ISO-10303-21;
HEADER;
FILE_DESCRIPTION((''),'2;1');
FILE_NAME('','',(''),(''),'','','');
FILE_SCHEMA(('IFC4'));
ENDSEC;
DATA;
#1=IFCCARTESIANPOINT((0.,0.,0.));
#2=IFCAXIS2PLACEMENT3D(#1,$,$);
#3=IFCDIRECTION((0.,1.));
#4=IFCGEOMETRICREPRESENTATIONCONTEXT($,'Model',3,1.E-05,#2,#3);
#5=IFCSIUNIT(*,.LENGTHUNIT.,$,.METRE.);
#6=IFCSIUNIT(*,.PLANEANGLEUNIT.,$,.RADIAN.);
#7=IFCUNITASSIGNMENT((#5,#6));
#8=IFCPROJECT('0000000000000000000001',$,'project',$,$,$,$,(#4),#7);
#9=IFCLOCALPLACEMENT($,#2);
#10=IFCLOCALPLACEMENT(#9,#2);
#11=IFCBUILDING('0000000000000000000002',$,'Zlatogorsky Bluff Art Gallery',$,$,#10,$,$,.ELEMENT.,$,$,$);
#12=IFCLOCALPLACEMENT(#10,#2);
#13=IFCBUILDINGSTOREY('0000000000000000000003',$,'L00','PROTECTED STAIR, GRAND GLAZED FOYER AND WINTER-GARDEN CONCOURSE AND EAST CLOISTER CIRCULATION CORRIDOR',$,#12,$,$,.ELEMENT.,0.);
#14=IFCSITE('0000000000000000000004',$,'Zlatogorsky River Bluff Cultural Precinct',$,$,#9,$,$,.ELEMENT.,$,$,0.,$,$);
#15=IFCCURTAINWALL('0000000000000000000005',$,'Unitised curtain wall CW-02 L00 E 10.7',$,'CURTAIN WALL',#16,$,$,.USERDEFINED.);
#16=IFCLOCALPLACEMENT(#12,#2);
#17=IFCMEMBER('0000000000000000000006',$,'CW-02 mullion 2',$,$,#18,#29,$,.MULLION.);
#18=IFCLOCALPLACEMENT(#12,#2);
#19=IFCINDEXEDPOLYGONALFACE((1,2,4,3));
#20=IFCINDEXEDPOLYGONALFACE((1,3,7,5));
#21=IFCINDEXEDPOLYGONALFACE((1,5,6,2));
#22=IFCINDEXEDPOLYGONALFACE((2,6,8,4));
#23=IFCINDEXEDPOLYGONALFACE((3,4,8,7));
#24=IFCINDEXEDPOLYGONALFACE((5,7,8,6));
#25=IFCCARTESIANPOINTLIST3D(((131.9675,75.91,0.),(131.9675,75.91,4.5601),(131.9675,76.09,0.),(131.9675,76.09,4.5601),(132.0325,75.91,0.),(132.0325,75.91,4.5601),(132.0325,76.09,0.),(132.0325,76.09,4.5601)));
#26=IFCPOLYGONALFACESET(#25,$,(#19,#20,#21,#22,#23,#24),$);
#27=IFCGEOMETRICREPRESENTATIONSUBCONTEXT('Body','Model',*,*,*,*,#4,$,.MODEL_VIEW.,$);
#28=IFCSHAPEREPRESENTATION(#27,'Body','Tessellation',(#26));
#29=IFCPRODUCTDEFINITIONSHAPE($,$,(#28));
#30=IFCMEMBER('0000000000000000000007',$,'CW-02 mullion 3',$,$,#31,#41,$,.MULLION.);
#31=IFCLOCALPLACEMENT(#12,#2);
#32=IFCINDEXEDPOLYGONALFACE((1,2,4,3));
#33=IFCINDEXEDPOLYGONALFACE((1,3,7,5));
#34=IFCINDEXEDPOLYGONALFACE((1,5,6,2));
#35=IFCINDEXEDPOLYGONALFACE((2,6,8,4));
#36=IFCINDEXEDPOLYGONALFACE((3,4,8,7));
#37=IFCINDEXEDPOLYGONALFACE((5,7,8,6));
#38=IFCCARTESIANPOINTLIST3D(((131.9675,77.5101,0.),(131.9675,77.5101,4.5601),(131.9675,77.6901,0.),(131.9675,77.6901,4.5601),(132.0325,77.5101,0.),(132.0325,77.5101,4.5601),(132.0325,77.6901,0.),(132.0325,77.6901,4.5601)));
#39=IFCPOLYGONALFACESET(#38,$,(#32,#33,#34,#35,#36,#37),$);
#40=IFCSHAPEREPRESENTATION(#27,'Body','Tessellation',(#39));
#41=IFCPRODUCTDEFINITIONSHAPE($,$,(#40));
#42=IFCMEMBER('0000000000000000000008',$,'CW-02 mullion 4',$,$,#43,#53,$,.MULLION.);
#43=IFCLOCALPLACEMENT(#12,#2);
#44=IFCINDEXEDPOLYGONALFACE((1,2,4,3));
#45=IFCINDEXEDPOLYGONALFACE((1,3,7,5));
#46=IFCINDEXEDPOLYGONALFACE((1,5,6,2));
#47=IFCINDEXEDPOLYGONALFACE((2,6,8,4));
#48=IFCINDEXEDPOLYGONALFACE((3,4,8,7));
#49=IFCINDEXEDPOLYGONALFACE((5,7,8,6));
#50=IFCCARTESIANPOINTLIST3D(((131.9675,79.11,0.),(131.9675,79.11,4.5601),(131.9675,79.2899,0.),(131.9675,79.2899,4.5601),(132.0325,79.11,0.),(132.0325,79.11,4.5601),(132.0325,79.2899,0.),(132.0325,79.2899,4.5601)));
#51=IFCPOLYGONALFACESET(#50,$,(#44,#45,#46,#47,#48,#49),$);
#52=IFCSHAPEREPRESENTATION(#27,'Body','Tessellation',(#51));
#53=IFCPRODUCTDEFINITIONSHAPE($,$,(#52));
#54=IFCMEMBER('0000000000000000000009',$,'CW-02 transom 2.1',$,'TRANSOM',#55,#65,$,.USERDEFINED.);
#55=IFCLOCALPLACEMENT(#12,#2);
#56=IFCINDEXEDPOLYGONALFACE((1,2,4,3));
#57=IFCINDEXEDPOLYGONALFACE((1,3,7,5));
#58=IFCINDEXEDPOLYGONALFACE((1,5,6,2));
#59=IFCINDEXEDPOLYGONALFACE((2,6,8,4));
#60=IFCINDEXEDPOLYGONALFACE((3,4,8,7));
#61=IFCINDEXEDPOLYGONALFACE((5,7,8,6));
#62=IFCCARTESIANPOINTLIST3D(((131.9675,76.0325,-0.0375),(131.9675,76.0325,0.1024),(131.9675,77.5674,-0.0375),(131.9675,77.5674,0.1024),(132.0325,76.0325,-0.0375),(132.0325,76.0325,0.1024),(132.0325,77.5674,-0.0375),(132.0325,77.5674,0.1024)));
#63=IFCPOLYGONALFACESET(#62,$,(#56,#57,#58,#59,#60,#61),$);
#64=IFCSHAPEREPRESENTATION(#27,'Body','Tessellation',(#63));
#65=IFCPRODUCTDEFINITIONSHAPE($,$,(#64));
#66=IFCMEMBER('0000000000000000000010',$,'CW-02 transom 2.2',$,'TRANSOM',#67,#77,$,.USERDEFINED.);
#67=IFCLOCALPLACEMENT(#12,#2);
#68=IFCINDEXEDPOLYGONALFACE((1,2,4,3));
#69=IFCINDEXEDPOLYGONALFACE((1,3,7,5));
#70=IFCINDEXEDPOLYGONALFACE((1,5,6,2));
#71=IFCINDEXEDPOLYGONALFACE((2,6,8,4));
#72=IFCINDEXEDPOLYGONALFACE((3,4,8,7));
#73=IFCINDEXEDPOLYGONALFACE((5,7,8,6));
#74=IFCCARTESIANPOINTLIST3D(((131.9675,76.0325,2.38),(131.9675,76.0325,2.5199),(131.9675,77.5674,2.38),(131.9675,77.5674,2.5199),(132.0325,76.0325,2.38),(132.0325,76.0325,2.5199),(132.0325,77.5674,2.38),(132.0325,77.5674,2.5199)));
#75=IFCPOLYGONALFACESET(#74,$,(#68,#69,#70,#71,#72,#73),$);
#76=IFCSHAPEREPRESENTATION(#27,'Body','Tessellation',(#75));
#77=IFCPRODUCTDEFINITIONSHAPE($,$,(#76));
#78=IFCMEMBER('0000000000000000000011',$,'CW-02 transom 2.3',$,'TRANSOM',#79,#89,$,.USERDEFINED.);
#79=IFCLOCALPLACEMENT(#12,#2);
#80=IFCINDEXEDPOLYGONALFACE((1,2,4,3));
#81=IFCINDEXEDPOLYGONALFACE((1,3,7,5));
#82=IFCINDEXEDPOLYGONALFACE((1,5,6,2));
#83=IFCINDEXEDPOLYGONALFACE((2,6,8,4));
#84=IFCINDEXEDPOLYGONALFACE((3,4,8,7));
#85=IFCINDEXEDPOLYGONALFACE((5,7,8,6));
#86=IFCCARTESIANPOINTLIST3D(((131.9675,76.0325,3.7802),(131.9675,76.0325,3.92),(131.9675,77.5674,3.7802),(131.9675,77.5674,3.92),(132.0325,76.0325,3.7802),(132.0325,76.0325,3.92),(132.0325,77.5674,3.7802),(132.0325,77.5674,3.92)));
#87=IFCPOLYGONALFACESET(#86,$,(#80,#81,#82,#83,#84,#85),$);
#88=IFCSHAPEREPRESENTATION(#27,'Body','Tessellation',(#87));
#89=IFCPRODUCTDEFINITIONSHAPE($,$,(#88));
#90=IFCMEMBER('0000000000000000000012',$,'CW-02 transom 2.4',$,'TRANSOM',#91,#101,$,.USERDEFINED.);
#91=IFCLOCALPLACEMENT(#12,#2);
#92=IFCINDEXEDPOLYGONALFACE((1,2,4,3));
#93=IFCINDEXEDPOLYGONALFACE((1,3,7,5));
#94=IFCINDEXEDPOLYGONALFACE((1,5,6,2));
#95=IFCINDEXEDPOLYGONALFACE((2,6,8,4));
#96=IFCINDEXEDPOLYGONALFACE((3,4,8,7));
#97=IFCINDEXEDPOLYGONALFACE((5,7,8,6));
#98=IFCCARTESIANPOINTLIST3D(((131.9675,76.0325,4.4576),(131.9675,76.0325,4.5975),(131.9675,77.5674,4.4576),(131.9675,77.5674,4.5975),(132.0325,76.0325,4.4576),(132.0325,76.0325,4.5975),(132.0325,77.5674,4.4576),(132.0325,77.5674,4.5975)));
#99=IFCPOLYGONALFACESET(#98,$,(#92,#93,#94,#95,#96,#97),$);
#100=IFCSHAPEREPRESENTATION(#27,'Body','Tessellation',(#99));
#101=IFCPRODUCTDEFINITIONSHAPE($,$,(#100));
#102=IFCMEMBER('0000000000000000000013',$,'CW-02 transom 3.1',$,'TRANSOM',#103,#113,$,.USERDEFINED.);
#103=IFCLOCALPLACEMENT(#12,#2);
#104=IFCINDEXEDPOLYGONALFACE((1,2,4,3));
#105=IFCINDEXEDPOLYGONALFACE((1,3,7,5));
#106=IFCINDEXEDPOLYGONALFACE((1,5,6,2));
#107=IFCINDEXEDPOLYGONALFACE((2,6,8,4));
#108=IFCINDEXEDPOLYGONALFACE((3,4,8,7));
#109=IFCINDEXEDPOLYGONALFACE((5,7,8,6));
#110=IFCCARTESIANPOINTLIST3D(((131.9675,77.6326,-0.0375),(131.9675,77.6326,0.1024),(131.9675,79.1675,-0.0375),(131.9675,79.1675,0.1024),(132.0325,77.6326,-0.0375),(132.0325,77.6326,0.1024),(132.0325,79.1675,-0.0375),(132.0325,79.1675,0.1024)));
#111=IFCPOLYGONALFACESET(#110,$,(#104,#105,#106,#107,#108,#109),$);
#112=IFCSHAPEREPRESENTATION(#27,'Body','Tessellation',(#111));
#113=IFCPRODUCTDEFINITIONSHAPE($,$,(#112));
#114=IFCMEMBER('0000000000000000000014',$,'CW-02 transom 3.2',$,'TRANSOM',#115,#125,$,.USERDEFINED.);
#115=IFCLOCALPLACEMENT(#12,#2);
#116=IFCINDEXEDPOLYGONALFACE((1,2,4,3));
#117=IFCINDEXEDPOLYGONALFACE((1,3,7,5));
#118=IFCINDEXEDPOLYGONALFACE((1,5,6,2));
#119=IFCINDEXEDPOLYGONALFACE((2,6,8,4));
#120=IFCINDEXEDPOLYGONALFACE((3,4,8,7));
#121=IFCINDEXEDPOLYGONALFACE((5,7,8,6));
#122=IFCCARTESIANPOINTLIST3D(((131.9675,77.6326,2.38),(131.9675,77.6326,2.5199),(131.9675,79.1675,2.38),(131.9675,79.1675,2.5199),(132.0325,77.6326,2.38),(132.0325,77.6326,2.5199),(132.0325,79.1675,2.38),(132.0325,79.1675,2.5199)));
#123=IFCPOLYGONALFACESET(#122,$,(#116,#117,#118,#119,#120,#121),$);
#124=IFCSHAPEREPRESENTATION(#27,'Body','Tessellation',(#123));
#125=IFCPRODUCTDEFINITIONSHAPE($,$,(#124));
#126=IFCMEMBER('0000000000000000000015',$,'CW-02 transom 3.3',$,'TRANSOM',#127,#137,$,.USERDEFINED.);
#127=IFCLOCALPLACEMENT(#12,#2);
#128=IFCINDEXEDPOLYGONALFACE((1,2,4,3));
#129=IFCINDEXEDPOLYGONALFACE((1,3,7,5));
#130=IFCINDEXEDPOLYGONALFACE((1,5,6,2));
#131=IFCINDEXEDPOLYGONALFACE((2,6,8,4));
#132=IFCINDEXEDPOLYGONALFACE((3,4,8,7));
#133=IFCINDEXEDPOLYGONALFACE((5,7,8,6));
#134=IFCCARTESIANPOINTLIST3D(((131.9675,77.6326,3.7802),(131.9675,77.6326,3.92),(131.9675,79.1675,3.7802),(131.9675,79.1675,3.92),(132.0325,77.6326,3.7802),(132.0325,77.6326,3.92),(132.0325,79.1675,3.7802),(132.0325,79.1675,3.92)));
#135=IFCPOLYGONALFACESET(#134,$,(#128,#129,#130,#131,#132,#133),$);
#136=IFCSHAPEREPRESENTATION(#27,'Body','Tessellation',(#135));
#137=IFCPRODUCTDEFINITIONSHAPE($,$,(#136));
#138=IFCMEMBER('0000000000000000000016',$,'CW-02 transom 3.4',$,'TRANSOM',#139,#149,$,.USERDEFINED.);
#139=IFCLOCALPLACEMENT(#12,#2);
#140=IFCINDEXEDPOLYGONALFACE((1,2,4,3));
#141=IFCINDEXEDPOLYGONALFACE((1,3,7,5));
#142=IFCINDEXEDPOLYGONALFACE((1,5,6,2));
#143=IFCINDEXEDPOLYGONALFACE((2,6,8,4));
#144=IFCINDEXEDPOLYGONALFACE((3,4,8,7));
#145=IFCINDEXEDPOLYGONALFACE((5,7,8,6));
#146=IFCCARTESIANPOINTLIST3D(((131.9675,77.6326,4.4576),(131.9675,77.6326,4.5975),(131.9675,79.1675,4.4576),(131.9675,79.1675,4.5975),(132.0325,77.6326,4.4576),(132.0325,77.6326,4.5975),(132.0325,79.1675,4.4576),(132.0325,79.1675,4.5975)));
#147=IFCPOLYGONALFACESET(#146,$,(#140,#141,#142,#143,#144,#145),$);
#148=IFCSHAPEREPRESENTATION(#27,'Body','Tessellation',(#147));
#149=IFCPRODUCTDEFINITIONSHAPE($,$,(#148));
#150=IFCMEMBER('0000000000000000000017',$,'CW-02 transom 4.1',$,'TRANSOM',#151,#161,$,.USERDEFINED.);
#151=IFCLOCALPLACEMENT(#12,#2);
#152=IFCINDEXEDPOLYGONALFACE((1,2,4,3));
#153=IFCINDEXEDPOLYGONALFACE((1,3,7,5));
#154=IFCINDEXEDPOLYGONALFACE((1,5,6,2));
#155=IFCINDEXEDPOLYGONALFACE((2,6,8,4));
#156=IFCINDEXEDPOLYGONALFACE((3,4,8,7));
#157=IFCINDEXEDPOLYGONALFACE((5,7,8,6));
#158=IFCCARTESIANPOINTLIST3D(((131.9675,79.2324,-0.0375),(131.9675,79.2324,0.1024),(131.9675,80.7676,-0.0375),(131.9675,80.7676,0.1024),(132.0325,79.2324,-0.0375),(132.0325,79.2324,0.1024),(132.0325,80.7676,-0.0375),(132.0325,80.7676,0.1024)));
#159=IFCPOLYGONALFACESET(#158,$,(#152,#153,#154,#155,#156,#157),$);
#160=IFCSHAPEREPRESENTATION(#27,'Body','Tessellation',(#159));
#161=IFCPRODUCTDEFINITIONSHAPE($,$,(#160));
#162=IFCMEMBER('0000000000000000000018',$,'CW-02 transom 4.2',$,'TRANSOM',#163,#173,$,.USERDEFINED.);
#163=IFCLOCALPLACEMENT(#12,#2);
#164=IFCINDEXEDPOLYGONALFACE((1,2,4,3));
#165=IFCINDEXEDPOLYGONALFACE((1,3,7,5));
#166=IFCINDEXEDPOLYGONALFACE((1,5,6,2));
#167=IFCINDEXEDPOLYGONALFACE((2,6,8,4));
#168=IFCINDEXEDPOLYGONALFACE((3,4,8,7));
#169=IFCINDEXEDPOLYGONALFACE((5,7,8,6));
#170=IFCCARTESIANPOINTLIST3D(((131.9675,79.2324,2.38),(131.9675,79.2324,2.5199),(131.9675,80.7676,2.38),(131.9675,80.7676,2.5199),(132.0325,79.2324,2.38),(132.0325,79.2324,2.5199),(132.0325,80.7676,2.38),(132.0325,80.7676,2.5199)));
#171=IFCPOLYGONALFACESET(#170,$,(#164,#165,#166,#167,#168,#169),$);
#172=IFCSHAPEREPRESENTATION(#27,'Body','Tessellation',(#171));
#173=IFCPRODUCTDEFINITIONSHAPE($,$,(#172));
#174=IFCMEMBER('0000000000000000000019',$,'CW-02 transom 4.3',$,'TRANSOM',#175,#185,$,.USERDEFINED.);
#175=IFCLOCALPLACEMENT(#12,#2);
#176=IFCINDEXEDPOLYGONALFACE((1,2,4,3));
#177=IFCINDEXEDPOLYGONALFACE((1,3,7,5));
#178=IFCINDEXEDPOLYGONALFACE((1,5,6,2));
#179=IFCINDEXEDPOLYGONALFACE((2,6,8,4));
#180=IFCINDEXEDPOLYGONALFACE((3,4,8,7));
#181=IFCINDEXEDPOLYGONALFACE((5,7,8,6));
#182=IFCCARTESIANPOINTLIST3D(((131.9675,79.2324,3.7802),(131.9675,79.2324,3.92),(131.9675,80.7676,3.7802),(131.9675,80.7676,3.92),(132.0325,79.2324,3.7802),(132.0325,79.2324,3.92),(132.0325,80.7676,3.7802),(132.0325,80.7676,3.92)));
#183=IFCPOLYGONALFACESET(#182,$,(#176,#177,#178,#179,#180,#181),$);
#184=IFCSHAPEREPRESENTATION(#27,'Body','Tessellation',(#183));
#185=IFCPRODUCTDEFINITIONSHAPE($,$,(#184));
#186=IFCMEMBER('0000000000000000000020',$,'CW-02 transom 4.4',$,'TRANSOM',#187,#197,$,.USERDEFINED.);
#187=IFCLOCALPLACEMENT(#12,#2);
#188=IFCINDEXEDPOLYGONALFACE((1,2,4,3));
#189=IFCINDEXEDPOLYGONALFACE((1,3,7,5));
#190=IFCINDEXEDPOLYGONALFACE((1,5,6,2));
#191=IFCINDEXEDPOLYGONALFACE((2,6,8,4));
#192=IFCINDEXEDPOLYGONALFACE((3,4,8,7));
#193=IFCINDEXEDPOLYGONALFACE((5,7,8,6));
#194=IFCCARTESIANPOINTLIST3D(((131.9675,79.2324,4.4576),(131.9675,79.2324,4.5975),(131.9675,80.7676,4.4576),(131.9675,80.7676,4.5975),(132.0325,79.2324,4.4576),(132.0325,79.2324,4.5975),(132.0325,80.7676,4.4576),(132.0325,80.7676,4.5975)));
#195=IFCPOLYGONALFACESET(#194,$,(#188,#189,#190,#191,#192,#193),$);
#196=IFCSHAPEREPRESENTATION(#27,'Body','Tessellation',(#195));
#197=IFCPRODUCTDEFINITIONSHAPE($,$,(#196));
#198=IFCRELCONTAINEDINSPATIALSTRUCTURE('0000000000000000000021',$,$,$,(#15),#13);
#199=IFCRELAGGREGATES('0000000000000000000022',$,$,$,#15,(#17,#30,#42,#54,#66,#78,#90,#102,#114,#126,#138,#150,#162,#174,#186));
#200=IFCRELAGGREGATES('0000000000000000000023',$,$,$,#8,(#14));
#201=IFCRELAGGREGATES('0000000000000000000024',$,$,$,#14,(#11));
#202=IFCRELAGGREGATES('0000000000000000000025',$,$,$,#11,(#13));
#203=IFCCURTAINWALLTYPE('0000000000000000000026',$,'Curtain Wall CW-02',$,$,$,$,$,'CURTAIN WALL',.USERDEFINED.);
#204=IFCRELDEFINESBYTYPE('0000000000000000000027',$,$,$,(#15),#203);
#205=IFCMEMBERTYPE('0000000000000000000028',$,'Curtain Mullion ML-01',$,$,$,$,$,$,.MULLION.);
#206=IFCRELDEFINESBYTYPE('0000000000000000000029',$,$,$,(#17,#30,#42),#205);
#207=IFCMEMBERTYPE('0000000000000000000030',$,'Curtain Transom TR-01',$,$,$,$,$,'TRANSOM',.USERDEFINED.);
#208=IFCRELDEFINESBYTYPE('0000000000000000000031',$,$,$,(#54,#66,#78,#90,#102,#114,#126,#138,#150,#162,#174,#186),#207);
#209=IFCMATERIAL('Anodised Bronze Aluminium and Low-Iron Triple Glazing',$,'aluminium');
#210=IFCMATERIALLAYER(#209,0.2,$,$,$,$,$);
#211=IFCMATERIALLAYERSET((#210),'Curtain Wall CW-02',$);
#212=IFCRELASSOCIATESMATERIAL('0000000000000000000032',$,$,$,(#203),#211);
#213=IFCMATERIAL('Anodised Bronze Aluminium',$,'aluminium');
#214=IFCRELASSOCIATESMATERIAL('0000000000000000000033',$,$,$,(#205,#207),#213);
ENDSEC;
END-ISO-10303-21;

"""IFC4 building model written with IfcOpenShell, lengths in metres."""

from ifc_helpers import new_model, si_unit, direction, frame, origin, origin_2d, place, context, subcontext, project, spatial, rectangle, extrude, material, layer, layer_set, material_profile, profile_set, type_object, element, aggregate, save


model = new_model("IFC4")

# Units and contexts
model_context = context("Model", 3, precision=1e-05, world=origin(), true_north=direction((0.0, 1.0)))
body_context = subcontext(model_context, "Body", "Model", "MODEL_VIEW")
ifc_project = project(units=[si_unit("LENGTHUNIT", "METRE"), si_unit("PLANEANGLEUNIT", "RADIAN")], contexts=[model_context])

# Site, building, storey
site_placement = place(None, origin())
site = spatial("IfcSite", under=ifc_project, at=site_placement, Name="Zlatogorsky River Bluff Cultural Precinct", CompositionType="ELEMENT", RefElevation=0.0)
building_placement = place(site_placement, origin())
building = spatial("IfcBuilding", under=site, at=building_placement, Name="Zlatogorsky Bluff Art Gallery", CompositionType="ELEMENT")
storey_placement = place(building_placement, origin())
storey = spatial("IfcBuildingStorey", under=building, at=storey_placement, Name="L00", Description="PROTECTED STAIR, GRAND GLAZED FOYER AND WINTER-GARDEN CONCOURSE AND EAST CLOISTER CIRCULATION CORRIDOR", CompositionType="ELEMENT", Elevation=0.0)

# Curtain wall, members
ifc_material_1 = material(Name="Anodised Bronze Aluminium and Low-Iron Triple Glazing", Category="aluminium")
ifc_layer_1 = layer(ifc_material_1, 0.2)
ifc_layer_set_1 = layer_set([ifc_layer_1], Name="Curtain Wall CW-02")
curtain_wall_type = type_object("IfcCurtainWallType", Name="Curtain Wall CW-02", ElementType="CURTAIN WALL", PredefinedType="USERDEFINED", material=ifc_layer_set_1)
curtain_wall_placement = place(storey_placement, origin())
curtain_wall = element("IfcCurtainWall", 1, at=curtain_wall_placement, inside=storey, type_object=curtain_wall_type, Name="Unitised curtain wall CW-02 L00 E 10.7", ObjectType="CURTAIN WALL", PredefinedType="USERDEFINED")
ifc_material_2 = material(Name="Anodised Bronze Aluminium", Category="aluminium")
ifc_material_profile_1 = material_profile(ifc_material_2, rectangle(XDim=0.0649, YDim=0.1799, at=origin_2d()), Name="ALU MULLION 65x180")
ifc_profile_set_1 = profile_set([ifc_material_profile_1], Name="Anodised Bronze Aluminium")
member_type_1 = type_object("IfcMemberType", Name="Curtain Mullion ML-01", PredefinedType="MULLION", material=ifc_profile_set_1)
member_1_placement = place(storey_placement, frame((132.0, 76.0, 0.0), z_axis=(0.0, 0.0, 1.0), x_axis=(-1.0, 0.0, 0.0)))
member_1 = element("IfcMember", 2, at=member_1_placement, type_object=member_type_1, Name="CW-02 mullion 2", PredefinedType="MULLION", context=body_context, shape_type="SweptSolid", body=[
    extrude(rectangle(XDim=0.0649, YDim=0.1799, at=origin_2d()), origin(), (0.0, 0.0, 1.0), 4.5601),
])
member_2_placement = place(storey_placement, frame((132.0, 77.6001, 0.0), z_axis=(0.0, 0.0, 1.0), x_axis=(-1.0, 0.0, 0.0)))
member_2 = element("IfcMember", 3, at=member_2_placement, type_object=member_type_1, Name="CW-02 mullion 3", PredefinedType="MULLION", context=body_context, shape_type="SweptSolid", body=[
    extrude(rectangle(XDim=0.0649, YDim=0.1799, at=origin_2d()), origin(), (0.0, 0.0, 1.0), 4.5601),
])
member_3_placement = place(storey_placement, frame((132.0, 79.2, 0.0), z_axis=(0.0, 0.0, 1.0), x_axis=(-1.0, 0.0, 0.0)))
member_3 = element("IfcMember", 4, at=member_3_placement, type_object=member_type_1, Name="CW-02 mullion 4", PredefinedType="MULLION", context=body_context, shape_type="SweptSolid", body=[
    extrude(rectangle(XDim=0.0649, YDim=0.1799, at=origin_2d()), origin(), (0.0, 0.0, 1.0), 4.5601),
])
ifc_material_profile_2 = material_profile(ifc_material_2, rectangle(XDim=0.0649, YDim=0.1399, at=origin_2d()), Name="ALU TRANSOM 65x140")
ifc_profile_set_2 = profile_set([ifc_material_profile_2], Name="Anodised Bronze Aluminium")
member_type_2 = type_object("IfcMemberType", Name="Curtain Transom TR-01", ElementType="TRANSOM", PredefinedType="USERDEFINED", material=ifc_profile_set_2)
member_4_placement = place(storey_placement, frame((132.0, 76.0325, 0.0325), z_axis=(0.0, 1.0, 0.0), x_axis=(-1.0, 0.0, 0.0)))
member_4 = element("IfcMember", 5, at=member_4_placement, type_object=member_type_2, Name="CW-02 transom 2.1", ObjectType="TRANSOM", PredefinedType="USERDEFINED", context=body_context, shape_type="SweptSolid", body=[
    extrude(rectangle(XDim=0.0649, YDim=0.1399, at=origin_2d()), origin(), (0.0, 0.0, 1.0), 1.5349),
])
member_5_placement = place(storey_placement, frame((132.0, 76.0325, 2.45), z_axis=(0.0, 1.0, 0.0), x_axis=(-1.0, 0.0, 0.0)))
member_5 = element("IfcMember", 6, at=member_5_placement, type_object=member_type_2, Name="CW-02 transom 2.2", ObjectType="TRANSOM", PredefinedType="USERDEFINED", context=body_context, shape_type="SweptSolid", body=[
    extrude(rectangle(XDim=0.0649, YDim=0.1399, at=origin_2d()), origin(), (0.0, 0.0, 1.0), 1.5349),
])
member_6_placement = place(storey_placement, frame((132.0, 76.0325, 3.8501), z_axis=(0.0, 1.0, 0.0), x_axis=(-1.0, 0.0, 0.0)))
member_6 = element("IfcMember", 7, at=member_6_placement, type_object=member_type_2, Name="CW-02 transom 2.3", ObjectType="TRANSOM", PredefinedType="USERDEFINED", context=body_context, shape_type="SweptSolid", body=[
    extrude(rectangle(XDim=0.0649, YDim=0.1399, at=origin_2d()), origin(), (0.0, 0.0, 1.0), 1.5349),
])
member_7_placement = place(storey_placement, frame((132.0, 76.0325, 4.5276), z_axis=(0.0, 1.0, 0.0), x_axis=(-1.0, 0.0, 0.0)))
member_7 = element("IfcMember", 8, at=member_7_placement, type_object=member_type_2, Name="CW-02 transom 2.4", ObjectType="TRANSOM", PredefinedType="USERDEFINED", context=body_context, shape_type="SweptSolid", body=[
    extrude(rectangle(XDim=0.0649, YDim=0.1399, at=origin_2d()), origin(), (0.0, 0.0, 1.0), 1.5349),
])
member_8_placement = place(storey_placement, frame((132.0, 77.6326, 0.0325), z_axis=(0.0, 1.0, 0.0), x_axis=(-1.0, 0.0, 0.0)))
member_8 = element("IfcMember", 9, at=member_8_placement, type_object=member_type_2, Name="CW-02 transom 3.1", ObjectType="TRANSOM", PredefinedType="USERDEFINED", context=body_context, shape_type="SweptSolid", body=[
    extrude(rectangle(XDim=0.0649, YDim=0.1399, at=origin_2d()), origin(), (0.0, 0.0, 1.0), 1.5349),
])
member_9_placement = place(storey_placement, frame((132.0, 77.6326, 2.45), z_axis=(0.0, 1.0, 0.0), x_axis=(-1.0, 0.0, 0.0)))
member_9 = element("IfcMember", 10, at=member_9_placement, type_object=member_type_2, Name="CW-02 transom 3.2", ObjectType="TRANSOM", PredefinedType="USERDEFINED", context=body_context, shape_type="SweptSolid", body=[
    extrude(rectangle(XDim=0.0649, YDim=0.1399, at=origin_2d()), origin(), (0.0, 0.0, 1.0), 1.5349),
])
member_10_placement = place(storey_placement, frame((132.0, 77.6326, 3.8501), z_axis=(0.0, 1.0, 0.0), x_axis=(-1.0, 0.0, 0.0)))
member_10 = element("IfcMember", 11, at=member_10_placement, type_object=member_type_2, Name="CW-02 transom 3.3", ObjectType="TRANSOM", PredefinedType="USERDEFINED", context=body_context, shape_type="SweptSolid", body=[
    extrude(rectangle(XDim=0.0649, YDim=0.1399, at=origin_2d()), origin(), (0.0, 0.0, 1.0), 1.5349),
])
member_11_placement = place(storey_placement, frame((132.0, 77.6326, 4.5276), z_axis=(0.0, 1.0, 0.0), x_axis=(-1.0, 0.0, 0.0)))
member_11 = element("IfcMember", 12, at=member_11_placement, type_object=member_type_2, Name="CW-02 transom 3.4", ObjectType="TRANSOM", PredefinedType="USERDEFINED", context=body_context, shape_type="SweptSolid", body=[
    extrude(rectangle(XDim=0.0649, YDim=0.1399, at=origin_2d()), origin(), (0.0, 0.0, 1.0), 1.5349),
])
member_12_placement = place(storey_placement, frame((132.0, 79.2324, 0.0325), z_axis=(0.0, 1.0, 0.0), x_axis=(-1.0, 0.0, 0.0)))
member_12 = element("IfcMember", 13, at=member_12_placement, type_object=member_type_2, Name="CW-02 transom 4.1", ObjectType="TRANSOM", PredefinedType="USERDEFINED", context=body_context, shape_type="SweptSolid", body=[
    extrude(rectangle(XDim=0.0649, YDim=0.1399, at=origin_2d()), origin(), (0.0, 0.0, 1.0), 1.5352),
])
member_13_placement = place(storey_placement, frame((132.0, 79.2324, 2.45), z_axis=(0.0, 1.0, 0.0), x_axis=(-1.0, 0.0, 0.0)))
member_13 = element("IfcMember", 14, at=member_13_placement, type_object=member_type_2, Name="CW-02 transom 4.2", ObjectType="TRANSOM", PredefinedType="USERDEFINED", context=body_context, shape_type="SweptSolid", body=[
    extrude(rectangle(XDim=0.0649, YDim=0.1399, at=origin_2d()), origin(), (0.0, 0.0, 1.0), 1.5352),
])
member_14_placement = place(storey_placement, frame((132.0, 79.2324, 3.8501), z_axis=(0.0, 1.0, 0.0), x_axis=(-1.0, 0.0, 0.0)))
member_14 = element("IfcMember", 15, at=member_14_placement, type_object=member_type_2, Name="CW-02 transom 4.3", ObjectType="TRANSOM", PredefinedType="USERDEFINED", context=body_context, shape_type="SweptSolid", body=[
    extrude(rectangle(XDim=0.0649, YDim=0.1399, at=origin_2d()), origin(), (0.0, 0.0, 1.0), 1.5352),
])
member_15_placement = place(storey_placement, frame((132.0, 79.2324, 4.5276), z_axis=(0.0, 1.0, 0.0), x_axis=(-1.0, 0.0, 0.0)))
member_15 = element("IfcMember", 16, at=member_15_placement, type_object=member_type_2, Name="CW-02 transom 4.4", ObjectType="TRANSOM", PredefinedType="USERDEFINED", context=body_context, shape_type="SweptSolid", body=[
    extrude(rectangle(XDim=0.0649, YDim=0.1399, at=origin_2d()), origin(), (0.0, 0.0, 1.0), 1.5352),
])
aggregate(curtain_wall, [member_1, member_2, member_3, member_4, member_5, member_6, member_7, member_8, member_9, member_10, member_11, member_12, member_13, member_14, member_15])

save(model, "model.ifc")
